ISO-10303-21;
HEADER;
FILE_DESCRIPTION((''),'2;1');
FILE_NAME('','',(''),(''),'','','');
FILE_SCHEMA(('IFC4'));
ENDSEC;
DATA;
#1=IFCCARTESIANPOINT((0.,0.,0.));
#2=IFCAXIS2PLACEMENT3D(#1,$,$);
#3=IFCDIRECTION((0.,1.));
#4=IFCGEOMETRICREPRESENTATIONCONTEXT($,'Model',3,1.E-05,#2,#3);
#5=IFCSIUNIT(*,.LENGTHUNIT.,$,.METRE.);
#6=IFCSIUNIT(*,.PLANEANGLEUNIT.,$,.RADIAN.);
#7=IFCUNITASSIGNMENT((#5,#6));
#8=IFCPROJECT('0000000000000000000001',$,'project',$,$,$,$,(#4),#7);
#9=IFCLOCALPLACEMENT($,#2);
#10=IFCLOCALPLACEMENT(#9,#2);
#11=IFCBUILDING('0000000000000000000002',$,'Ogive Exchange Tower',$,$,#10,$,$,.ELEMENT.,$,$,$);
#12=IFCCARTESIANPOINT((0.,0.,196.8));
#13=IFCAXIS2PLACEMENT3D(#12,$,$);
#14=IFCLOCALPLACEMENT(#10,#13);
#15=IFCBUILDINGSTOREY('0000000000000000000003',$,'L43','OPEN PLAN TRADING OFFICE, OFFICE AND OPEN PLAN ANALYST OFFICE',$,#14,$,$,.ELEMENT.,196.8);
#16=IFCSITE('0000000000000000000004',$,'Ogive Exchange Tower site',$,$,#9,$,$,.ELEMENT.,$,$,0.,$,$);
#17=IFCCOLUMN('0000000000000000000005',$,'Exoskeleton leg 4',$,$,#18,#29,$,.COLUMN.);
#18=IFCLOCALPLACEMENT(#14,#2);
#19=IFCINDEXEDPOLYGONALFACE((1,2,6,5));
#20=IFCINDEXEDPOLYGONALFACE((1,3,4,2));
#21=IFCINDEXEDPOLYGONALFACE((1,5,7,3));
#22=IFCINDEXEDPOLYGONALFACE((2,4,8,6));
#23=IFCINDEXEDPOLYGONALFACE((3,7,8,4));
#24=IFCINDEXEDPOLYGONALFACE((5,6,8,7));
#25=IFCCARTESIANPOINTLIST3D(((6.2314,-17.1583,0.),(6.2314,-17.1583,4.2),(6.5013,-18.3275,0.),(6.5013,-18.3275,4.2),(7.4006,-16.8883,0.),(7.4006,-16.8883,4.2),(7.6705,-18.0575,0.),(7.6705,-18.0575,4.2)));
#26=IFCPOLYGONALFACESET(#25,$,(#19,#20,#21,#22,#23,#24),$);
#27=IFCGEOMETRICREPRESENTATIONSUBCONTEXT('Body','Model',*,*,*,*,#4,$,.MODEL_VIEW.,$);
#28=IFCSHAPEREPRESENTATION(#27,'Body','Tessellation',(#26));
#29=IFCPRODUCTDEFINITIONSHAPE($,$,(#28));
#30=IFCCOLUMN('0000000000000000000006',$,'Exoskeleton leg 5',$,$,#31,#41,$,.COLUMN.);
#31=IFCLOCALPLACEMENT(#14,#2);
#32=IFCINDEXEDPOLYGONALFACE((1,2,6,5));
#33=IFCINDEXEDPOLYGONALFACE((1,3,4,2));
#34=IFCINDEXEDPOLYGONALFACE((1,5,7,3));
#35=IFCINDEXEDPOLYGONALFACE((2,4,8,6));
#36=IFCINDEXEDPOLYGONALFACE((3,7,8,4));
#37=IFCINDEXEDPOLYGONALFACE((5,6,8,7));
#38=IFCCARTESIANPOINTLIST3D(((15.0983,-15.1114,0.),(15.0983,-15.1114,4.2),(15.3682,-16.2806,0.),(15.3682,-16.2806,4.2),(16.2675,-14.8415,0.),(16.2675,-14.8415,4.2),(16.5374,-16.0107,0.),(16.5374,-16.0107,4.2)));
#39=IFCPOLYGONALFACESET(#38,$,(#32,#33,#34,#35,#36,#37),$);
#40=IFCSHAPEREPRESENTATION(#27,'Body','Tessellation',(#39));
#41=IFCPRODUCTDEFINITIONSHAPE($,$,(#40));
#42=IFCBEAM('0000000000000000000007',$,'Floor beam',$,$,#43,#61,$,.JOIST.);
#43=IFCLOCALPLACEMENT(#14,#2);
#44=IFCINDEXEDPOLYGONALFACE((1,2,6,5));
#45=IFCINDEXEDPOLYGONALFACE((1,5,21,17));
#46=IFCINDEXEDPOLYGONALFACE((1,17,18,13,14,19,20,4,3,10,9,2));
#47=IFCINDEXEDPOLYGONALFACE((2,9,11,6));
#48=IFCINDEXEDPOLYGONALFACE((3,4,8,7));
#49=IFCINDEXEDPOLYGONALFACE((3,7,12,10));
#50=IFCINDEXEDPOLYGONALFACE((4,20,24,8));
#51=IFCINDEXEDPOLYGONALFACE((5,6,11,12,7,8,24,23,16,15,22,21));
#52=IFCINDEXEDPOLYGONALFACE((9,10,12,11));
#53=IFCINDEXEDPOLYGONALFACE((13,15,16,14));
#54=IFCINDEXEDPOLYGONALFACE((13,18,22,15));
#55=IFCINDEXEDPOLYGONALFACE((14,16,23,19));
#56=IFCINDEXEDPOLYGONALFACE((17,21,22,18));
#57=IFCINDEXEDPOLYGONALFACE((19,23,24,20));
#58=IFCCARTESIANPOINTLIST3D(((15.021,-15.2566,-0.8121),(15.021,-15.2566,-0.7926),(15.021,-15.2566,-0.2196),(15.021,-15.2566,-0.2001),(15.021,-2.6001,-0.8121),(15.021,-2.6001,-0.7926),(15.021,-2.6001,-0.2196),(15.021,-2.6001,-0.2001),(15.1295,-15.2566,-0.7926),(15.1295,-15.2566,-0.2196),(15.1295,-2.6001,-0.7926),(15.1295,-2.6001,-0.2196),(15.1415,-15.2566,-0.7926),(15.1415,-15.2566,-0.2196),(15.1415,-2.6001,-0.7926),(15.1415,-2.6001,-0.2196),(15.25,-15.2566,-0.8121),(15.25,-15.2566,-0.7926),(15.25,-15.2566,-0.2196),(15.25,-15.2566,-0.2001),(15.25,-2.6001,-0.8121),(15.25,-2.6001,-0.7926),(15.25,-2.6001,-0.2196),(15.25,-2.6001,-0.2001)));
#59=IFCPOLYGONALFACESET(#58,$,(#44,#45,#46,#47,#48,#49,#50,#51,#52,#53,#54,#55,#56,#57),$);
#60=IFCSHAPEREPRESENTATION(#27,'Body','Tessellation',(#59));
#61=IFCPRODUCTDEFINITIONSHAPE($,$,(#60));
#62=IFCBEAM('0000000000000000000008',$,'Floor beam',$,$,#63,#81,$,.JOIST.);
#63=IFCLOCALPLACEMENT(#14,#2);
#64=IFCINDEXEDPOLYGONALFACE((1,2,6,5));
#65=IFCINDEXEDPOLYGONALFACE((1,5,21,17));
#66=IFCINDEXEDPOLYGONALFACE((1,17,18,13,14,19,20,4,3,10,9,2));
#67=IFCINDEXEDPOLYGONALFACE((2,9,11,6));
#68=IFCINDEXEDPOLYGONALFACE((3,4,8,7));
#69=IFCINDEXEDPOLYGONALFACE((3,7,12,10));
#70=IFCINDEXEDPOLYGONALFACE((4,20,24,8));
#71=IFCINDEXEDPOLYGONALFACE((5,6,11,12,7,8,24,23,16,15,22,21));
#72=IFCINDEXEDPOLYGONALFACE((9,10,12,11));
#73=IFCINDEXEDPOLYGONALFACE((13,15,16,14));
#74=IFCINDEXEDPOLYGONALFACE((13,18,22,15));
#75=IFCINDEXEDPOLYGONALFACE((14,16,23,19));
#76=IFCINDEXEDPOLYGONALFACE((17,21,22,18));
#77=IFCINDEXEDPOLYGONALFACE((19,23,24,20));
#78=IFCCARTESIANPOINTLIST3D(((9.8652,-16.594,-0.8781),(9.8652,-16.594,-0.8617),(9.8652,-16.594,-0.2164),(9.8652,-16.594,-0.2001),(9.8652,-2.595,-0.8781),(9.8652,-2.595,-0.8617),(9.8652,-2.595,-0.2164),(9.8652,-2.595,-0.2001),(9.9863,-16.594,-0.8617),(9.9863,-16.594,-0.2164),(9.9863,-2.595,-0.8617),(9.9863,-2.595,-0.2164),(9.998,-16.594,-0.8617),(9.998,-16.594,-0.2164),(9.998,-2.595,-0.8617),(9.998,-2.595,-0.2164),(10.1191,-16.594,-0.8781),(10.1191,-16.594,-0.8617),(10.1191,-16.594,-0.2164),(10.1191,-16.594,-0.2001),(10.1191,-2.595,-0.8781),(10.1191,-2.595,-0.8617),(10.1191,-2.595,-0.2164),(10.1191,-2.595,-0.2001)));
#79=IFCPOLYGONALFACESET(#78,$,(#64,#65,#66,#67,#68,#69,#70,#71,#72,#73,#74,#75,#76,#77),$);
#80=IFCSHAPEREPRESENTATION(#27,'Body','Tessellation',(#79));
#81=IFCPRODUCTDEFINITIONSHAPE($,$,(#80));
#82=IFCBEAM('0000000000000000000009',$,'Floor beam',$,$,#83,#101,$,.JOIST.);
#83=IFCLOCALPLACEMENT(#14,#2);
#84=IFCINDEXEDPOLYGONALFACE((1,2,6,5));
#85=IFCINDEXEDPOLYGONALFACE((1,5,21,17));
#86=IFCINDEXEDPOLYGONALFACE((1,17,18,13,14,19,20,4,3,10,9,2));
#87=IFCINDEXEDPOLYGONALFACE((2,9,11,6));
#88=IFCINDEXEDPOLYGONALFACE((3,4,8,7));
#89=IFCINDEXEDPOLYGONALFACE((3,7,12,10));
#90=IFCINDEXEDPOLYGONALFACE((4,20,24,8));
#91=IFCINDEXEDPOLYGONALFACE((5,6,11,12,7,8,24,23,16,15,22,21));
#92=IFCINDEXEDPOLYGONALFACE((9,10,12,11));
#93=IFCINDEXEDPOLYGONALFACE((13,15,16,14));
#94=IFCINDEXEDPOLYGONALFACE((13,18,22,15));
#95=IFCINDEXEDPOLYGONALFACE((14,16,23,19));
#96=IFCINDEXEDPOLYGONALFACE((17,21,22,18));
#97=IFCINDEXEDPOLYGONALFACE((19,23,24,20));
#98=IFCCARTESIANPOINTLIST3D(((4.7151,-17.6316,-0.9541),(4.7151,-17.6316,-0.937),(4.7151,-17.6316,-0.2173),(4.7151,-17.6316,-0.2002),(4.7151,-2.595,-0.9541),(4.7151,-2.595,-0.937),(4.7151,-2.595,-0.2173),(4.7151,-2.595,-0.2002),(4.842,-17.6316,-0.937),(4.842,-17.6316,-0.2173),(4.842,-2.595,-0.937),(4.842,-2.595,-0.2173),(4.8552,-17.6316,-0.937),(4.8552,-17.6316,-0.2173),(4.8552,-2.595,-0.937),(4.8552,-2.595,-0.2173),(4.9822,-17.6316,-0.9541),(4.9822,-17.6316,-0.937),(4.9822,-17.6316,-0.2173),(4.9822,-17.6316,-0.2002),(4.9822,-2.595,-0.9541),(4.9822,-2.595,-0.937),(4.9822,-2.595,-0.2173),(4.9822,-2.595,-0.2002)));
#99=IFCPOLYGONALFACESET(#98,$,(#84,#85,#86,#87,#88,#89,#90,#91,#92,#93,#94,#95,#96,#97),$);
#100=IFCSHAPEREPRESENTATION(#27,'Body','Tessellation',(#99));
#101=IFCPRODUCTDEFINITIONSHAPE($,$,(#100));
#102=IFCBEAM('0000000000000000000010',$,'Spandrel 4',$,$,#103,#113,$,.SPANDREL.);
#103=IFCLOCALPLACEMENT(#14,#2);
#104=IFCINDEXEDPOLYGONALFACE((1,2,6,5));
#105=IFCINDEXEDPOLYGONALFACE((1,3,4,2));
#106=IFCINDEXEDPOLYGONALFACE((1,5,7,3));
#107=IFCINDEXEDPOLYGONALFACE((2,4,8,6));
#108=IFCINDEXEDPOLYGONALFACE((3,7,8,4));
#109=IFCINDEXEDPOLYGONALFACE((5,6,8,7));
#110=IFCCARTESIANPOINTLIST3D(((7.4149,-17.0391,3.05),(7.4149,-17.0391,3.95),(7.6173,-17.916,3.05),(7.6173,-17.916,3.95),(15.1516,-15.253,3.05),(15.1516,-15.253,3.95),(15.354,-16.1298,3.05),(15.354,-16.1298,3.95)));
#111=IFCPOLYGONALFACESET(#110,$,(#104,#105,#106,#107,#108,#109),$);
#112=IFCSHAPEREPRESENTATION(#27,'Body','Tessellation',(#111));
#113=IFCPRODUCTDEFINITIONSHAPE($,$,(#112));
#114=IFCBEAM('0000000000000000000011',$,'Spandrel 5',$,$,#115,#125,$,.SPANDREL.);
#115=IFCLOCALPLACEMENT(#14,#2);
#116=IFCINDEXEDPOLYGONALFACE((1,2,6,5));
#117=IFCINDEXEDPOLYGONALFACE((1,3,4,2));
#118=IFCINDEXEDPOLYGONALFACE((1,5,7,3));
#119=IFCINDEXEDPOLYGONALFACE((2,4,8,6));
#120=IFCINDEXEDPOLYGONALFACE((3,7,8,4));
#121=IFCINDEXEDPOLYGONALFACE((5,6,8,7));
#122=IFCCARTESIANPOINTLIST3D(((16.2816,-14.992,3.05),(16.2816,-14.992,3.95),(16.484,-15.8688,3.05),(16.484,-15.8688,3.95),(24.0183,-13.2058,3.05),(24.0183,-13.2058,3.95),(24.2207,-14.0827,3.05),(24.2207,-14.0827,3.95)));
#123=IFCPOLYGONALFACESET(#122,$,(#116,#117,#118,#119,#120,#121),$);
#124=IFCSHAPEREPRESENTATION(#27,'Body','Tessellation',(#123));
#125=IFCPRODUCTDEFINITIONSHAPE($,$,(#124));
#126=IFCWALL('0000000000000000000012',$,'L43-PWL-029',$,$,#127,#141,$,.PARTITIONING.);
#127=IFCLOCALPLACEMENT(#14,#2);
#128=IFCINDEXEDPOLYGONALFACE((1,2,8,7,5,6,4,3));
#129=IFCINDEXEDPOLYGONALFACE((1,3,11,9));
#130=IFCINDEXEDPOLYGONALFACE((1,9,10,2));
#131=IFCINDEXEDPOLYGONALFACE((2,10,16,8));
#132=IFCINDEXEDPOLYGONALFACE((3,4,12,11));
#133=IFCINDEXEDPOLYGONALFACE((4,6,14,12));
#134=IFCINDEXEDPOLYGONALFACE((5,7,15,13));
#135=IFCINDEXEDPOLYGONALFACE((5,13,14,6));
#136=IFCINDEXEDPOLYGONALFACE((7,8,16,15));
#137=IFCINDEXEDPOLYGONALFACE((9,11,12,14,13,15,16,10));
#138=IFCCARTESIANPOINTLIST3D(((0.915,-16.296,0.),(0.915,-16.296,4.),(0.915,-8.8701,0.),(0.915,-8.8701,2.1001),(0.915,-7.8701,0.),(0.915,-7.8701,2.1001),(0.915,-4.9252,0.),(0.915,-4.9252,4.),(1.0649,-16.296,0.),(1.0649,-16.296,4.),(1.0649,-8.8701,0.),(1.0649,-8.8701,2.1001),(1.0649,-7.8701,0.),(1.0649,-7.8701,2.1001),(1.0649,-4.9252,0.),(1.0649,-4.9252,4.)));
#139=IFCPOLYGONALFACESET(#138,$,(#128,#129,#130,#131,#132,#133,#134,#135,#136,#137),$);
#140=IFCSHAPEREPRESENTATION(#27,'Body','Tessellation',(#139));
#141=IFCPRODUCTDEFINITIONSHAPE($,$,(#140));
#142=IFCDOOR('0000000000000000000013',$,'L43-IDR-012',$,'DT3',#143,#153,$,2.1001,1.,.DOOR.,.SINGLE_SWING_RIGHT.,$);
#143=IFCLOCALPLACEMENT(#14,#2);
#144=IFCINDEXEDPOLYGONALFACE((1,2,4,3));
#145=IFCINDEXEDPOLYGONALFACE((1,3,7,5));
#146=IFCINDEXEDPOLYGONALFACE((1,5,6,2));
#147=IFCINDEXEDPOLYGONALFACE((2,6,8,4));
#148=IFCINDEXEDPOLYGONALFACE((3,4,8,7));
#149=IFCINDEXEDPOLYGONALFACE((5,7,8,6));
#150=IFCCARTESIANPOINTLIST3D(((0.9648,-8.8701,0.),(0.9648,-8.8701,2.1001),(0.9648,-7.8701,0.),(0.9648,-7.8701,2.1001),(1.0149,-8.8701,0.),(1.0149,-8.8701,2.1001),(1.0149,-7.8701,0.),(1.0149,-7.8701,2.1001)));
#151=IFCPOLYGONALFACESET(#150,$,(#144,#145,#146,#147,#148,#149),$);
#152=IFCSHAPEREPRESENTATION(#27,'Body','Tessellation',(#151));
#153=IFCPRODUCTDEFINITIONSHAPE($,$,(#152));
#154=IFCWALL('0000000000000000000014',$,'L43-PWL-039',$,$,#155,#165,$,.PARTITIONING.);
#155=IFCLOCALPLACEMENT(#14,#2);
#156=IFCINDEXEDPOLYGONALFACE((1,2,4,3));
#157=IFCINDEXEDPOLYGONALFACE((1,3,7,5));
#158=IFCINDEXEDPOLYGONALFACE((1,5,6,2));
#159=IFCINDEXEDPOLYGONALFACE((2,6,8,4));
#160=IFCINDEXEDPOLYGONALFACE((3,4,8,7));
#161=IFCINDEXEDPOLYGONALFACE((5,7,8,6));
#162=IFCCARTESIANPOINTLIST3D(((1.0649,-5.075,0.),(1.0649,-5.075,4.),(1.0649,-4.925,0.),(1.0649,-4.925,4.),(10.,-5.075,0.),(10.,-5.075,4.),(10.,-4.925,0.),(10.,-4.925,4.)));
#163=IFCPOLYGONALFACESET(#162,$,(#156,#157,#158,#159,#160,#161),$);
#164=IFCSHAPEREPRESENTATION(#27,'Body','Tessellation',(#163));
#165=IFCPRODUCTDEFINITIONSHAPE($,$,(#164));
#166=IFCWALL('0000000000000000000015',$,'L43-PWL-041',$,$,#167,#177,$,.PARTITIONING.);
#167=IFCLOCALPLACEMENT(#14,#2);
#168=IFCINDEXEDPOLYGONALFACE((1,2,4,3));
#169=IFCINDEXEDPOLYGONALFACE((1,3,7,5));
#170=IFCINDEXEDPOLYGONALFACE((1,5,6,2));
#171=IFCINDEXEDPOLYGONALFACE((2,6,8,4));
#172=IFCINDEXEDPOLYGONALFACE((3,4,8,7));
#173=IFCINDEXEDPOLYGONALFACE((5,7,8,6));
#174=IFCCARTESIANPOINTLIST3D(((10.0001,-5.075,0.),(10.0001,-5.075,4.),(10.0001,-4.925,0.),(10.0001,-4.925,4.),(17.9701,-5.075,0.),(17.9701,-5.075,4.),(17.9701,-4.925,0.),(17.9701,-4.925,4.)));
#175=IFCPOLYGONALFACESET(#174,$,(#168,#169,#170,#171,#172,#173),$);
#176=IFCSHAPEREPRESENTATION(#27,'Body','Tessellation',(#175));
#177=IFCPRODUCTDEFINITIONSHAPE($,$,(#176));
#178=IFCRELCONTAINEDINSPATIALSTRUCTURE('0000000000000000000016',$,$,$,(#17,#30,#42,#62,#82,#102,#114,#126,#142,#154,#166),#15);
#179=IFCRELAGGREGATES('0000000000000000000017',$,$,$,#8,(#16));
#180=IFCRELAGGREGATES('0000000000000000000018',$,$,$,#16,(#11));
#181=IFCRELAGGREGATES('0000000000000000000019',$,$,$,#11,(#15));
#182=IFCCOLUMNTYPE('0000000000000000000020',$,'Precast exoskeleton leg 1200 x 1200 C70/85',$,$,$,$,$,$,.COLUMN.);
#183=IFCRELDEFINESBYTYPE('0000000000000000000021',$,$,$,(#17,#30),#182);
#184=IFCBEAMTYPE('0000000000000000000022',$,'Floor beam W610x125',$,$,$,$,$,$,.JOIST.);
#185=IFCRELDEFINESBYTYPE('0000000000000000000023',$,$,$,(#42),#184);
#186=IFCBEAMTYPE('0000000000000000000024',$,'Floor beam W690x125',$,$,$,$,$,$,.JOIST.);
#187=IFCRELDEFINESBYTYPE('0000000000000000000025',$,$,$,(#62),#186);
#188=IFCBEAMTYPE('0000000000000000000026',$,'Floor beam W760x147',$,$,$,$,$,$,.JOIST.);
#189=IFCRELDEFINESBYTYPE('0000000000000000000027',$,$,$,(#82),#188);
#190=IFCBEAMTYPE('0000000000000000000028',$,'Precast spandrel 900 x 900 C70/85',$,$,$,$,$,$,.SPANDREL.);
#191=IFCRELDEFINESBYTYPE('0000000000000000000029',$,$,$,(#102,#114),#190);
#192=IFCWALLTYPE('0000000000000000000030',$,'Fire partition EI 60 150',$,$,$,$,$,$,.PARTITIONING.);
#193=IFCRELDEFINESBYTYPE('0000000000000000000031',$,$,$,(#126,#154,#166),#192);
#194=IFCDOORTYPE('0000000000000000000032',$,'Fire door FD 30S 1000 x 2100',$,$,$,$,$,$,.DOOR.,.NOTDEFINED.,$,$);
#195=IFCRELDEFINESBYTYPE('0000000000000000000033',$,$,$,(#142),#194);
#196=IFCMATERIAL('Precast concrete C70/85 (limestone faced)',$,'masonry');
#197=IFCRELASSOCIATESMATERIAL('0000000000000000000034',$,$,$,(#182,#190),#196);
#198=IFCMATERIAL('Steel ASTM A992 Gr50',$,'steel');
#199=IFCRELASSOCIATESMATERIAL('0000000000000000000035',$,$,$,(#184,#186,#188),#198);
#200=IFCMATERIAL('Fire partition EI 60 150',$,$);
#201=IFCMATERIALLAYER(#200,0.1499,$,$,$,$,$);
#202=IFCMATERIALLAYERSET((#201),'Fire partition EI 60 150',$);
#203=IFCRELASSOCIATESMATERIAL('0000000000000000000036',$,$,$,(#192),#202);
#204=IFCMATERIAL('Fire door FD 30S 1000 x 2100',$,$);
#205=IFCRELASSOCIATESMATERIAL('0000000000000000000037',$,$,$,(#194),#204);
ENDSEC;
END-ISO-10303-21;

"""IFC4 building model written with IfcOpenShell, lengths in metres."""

from ifc_helpers import new_model, si_unit, direction, frame, frame_2d, origin, origin_2d, place, context, subcontext, project, spatial, rectangle, i_section, extrude, material, layer, layer_set, material_profile, profile_set, type_object, element, fill, save


model = new_model("IFC4")

# Units and contexts
model_context = context("Model", 3, precision=1e-05, world=origin(), true_north=direction((0.0, 1.0)))
body_context = subcontext(model_context, "Body", "Model", "MODEL_VIEW")
ifc_project = project(units=[si_unit("LENGTHUNIT", "METRE"), si_unit("PLANEANGLEUNIT", "RADIAN")], contexts=[model_context])

# Site, building, storey
site_placement = place(None, origin())
site = spatial("IfcSite", under=ifc_project, at=site_placement, Name="Ogive Exchange Tower site", CompositionType="ELEMENT", RefElevation=0.0)
building_placement = place(site_placement, origin())
building = spatial("IfcBuilding", under=site, at=building_placement, Name="Ogive Exchange Tower", CompositionType="ELEMENT")
storey_placement = place(building_placement, frame((0.0, 0.0, 196.8)))
storey = spatial("IfcBuildingStorey", under=building, at=storey_placement, Name="L43", Description="OPEN PLAN TRADING OFFICE, OFFICE AND OPEN PLAN ANALYST OFFICE", CompositionType="ELEMENT", Elevation=196.8)

# Columns
ifc_material_1 = material(Name="Precast concrete C70/85 (limestone faced)", Category="masonry")
ifc_material_profile_1 = material_profile(ifc_material_1, rectangle(XDim=1.2, YDim=1.2, at=origin_2d()), Name="1200 x 1200")
ifc_profile_set_1 = profile_set([ifc_material_profile_1], Name="Precast concrete C70/85 (limestone faced)")
column_type = type_object("IfcColumnType", Name="Precast exoskeleton leg 1200 x 1200 C70/85", PredefinedType="COLUMN", material=ifc_profile_set_1)
for number, where, z_axis, x_axis, name in (
    (1, (6.9509, -17.6079, 0.0), (0.0, 0.0, 1.0), (0.97437, 0.224951, 0.0), "Exoskeleton leg 4"),
    (2, (15.8179, -15.561, 0.0), (0.0, 0.0, 1.0), (0.97437, 0.224951, 0.0), "Exoskeleton leg 5"),
):
    element("IfcColumn", number, at=place(storey_placement, frame(where, z_axis=z_axis, x_axis=x_axis)), inside=storey, type_object=column_type, Name=name, PredefinedType="COLUMN", context=body_context, shape_type="SweptSolid", body=[
        extrude(rectangle(XDim=1.2, YDim=1.2, at=origin_2d()), origin(), (0.0, 0.0, 1.0), 4.2),
    ])

# Beams
ifc_material_2 = material(Name="Steel ASTM A992 Gr50", Category="steel")
ifc_material_profile_2 = material_profile(ifc_material_2, i_section(OverallWidth=0.229, OverallDepth=0.6121, WebThickness=0.012, FlangeThickness=0.0195, at=origin_2d()), Name="W610x125")
ifc_profile_set_2 = profile_set([ifc_material_profile_2], Name="Steel ASTM A992 Gr50")
beam_type_1 = type_object("IfcBeamType", Name="Floor beam W610x125", PredefinedType="JOIST", material=ifc_profile_set_2)
beam_1_placement = place(storey_placement, frame((15.1355, -15.2566, -0.5061), z_axis=(0.0, 1.0, 0.0), x_axis=(-1.0, 0.0, 0.0)))
element("IfcBeam", 3, at=beam_1_placement, inside=storey, type_object=beam_type_1, Name="Floor beam", PredefinedType="JOIST", context=body_context, shape_type="SweptSolid", body=[
    extrude(i_section(OverallWidth=0.229, OverallDepth=0.6121, WebThickness=0.012, FlangeThickness=0.0195, at=origin_2d()), origin(), (0.0, 0.0, 1.0), 12.6565),
])
ifc_material_profile_3 = material_profile(ifc_material_2, i_section(OverallWidth=0.2539, OverallDepth=0.678, WebThickness=0.0117, FlangeThickness=0.0164, at=origin_2d()), Name="W690x125")
ifc_profile_set_3 = profile_set([ifc_material_profile_3], Name="Steel ASTM A992 Gr50")
beam_type_2 = type_object("IfcBeamType", Name="Floor beam W690x125", PredefinedType="JOIST", material=ifc_profile_set_3)
beam_2_placement = place(storey_placement, frame((9.9922, -16.594, -0.5391), z_axis=(0.0, 1.0, 0.0), x_axis=(-1.0, 0.0, 0.0)))
element("IfcBeam", 4, at=beam_2_placement, inside=storey, type_object=beam_type_2, Name="Floor beam", PredefinedType="JOIST", context=body_context, shape_type="SweptSolid", body=[
    extrude(i_section(OverallWidth=0.2539, OverallDepth=0.678, WebThickness=0.0117, FlangeThickness=0.0164, at=origin_2d()), origin(), (0.0, 0.0, 1.0), 13.999),
])
ifc_material_profile_4 = material_profile(ifc_material_2, i_section(OverallWidth=0.2671, OverallDepth=0.7539, WebThickness=0.0132, FlangeThickness=0.0171, at=origin_2d()), Name="W760x147")
ifc_profile_set_4 = profile_set([ifc_material_profile_4], Name="Steel ASTM A992 Gr50")
beam_type_3 = type_object("IfcBeamType", Name="Floor beam W760x147", PredefinedType="JOIST", material=ifc_profile_set_4)
beam_3_placement = place(storey_placement, frame((4.8486, -17.6316, -0.5771), z_axis=(0.0, 1.0, 0.0), x_axis=(-1.0, 0.0, 0.0)))
element("IfcBeam", 5, at=beam_3_placement, inside=storey, type_object=beam_type_3, Name="Floor beam", PredefinedType="JOIST", context=body_context, shape_type="SweptSolid", body=[
    extrude(i_section(OverallWidth=0.2671, OverallDepth=0.7539, WebThickness=0.0132, FlangeThickness=0.0171, at=origin_2d()), origin(), (0.0, 0.0, 1.0), 15.0366),
])
ifc_material_profile_5 = material_profile(ifc_material_1, rectangle(XDim=0.8999, YDim=0.8999, at=origin_2d()), Name="900 x 900")
ifc_profile_set_5 = profile_set([ifc_material_profile_5], Name="Precast concrete C70/85 (limestone faced)")
beam_type_4 = type_object("IfcBeamType", Name="Precast spandrel 900 x 900 C70/85", PredefinedType="SPANDREL", material=ifc_profile_set_5)
for number, where, z_axis, x_axis, name in (
    (6, (7.5161, -17.4775, 3.5), (0.97437, 0.224952, 0.0), (-0.224952, 0.97437, 0.0), "Spandrel 4"),
    (7, (16.3828, -15.4304, 3.5), (0.97437, 0.224952, 0.0), (-0.224952, 0.97437, 0.0), "Spandrel 5"),
):
    element("IfcBeam", number, at=place(storey_placement, frame(where, z_axis=z_axis, x_axis=x_axis)), inside=storey, type_object=beam_type_4, Name=name, PredefinedType="SPANDREL", context=body_context, shape_type="SweptSolid", body=[
        extrude(rectangle(XDim=0.8999, YDim=0.8999, at=origin_2d()), origin(), (0.0, 0.0, 1.0), 7.9402),
    ])

# Wall, opening, door
ifc_material_3 = material(Name="Fire partition EI 60 150")
ifc_layer_1 = layer(ifc_material_3, 0.1499)
ifc_layer_set_1 = layer_set([ifc_layer_1], Name="Fire partition EI 60 150")
wall_type_1 = type_object("IfcWallType", Name="Fire partition EI 60 150", PredefinedType="PARTITIONING", material=ifc_layer_set_1)
wall_1_placement = place(storey_placement, frame((0.99, -4.925, 0.0), z_axis=(0.0, 0.0, 1.0), x_axis=(0.0, -1.0, 0.0)))
wall_1 = element("IfcWall", 8, at=wall_1_placement, inside=storey, type_object=wall_type_1, Name="L43-PWL-029", PredefinedType="PARTITIONING", context=body_context, shape_type="SweptSolid", body=[
    extrude(rectangle(XDim=11.3708, YDim=0.1499, at=frame_2d((5.6855, 0.0))), origin(), (0.0, 0.0, 1.0), 4.0),
])
opening_1_placement = place(wall_1_placement, frame((2.9451, 0.0, 0.0)))
opening_1 = element("IfcOpeningElement", 9, at=opening_1_placement, cuts=wall_1, PredefinedType="OPENING", context=body_context, shape_type="SweptSolid", body=[
    extrude(rectangle(XDim=1.0, YDim=2.1001, at=frame_2d((0.5, 1.05))), frame((0.0, 0.085, 0.0), z_axis=(0.0, -1.0, 0.0), x_axis=(1.0, 0.0, 0.0)), (0.0, 0.0, 1.0), 0.1699),
])
ifc_material_4 = material(Name="Fire door FD 30S 1000 x 2100")
door_type_1 = type_object("IfcDoorType", Name="Fire door FD 30S 1000 x 2100", OperationType="NOTDEFINED", PredefinedType="DOOR", material=ifc_material_4)
door_1_placement = place(opening_1_placement, origin())
door_1 = element("IfcDoor", 10, at=door_1_placement, inside=storey, type_object=door_type_1, Name="L43-IDR-012", ObjectType="DT3", OperationType="SINGLE_SWING_RIGHT", OverallHeight=2.1001, OverallWidth=1.0, PredefinedType="DOOR", context=body_context, shape_type="SweptSolid", body=[
    extrude(rectangle(XDim=1.0, YDim=2.1001, at=frame_2d((0.5, 1.05))), frame((0.0, 0.0249, 0.0), z_axis=(0.0, -1.0, 0.0), x_axis=(1.0, 0.0, 0.0)), (0.0, 0.0, 1.0), 0.05),
])
fill(opening_1, door_1)

# Walls
wall_2_placement = place(storey_placement, frame((10.0, -5.0, 0.0), z_axis=(0.0, 0.0, 1.0), x_axis=(-1.0, 0.0, 0.0)))
element("IfcWall", 11, at=wall_2_placement, inside=storey, type_object=wall_type_1, Name="L43-PWL-039", PredefinedType="PARTITIONING", context=body_context, shape_type="SweptSolid", body=[
    extrude(rectangle(XDim=8.9351, YDim=0.1499, at=frame_2d((4.4675, 0.0))), origin(), (0.0, 0.0, 1.0), 4.0),
])
wall_3_placement = place(storey_placement, frame((17.97, -5.0, 0.0), z_axis=(0.0, 0.0, 1.0), x_axis=(-1.0, 0.0, 0.0)))
element("IfcWall", 12, at=wall_3_placement, inside=storey, type_object=wall_type_1, Name="L43-PWL-041", PredefinedType="PARTITIONING", context=body_context, shape_type="SweptSolid", body=[
    extrude(rectangle(XDim=7.97, YDim=0.1499, at=frame_2d((3.9849, 0.0))), origin(), (0.0, 0.0, 1.0), 4.0),
])

save(model, "model.ifc")
